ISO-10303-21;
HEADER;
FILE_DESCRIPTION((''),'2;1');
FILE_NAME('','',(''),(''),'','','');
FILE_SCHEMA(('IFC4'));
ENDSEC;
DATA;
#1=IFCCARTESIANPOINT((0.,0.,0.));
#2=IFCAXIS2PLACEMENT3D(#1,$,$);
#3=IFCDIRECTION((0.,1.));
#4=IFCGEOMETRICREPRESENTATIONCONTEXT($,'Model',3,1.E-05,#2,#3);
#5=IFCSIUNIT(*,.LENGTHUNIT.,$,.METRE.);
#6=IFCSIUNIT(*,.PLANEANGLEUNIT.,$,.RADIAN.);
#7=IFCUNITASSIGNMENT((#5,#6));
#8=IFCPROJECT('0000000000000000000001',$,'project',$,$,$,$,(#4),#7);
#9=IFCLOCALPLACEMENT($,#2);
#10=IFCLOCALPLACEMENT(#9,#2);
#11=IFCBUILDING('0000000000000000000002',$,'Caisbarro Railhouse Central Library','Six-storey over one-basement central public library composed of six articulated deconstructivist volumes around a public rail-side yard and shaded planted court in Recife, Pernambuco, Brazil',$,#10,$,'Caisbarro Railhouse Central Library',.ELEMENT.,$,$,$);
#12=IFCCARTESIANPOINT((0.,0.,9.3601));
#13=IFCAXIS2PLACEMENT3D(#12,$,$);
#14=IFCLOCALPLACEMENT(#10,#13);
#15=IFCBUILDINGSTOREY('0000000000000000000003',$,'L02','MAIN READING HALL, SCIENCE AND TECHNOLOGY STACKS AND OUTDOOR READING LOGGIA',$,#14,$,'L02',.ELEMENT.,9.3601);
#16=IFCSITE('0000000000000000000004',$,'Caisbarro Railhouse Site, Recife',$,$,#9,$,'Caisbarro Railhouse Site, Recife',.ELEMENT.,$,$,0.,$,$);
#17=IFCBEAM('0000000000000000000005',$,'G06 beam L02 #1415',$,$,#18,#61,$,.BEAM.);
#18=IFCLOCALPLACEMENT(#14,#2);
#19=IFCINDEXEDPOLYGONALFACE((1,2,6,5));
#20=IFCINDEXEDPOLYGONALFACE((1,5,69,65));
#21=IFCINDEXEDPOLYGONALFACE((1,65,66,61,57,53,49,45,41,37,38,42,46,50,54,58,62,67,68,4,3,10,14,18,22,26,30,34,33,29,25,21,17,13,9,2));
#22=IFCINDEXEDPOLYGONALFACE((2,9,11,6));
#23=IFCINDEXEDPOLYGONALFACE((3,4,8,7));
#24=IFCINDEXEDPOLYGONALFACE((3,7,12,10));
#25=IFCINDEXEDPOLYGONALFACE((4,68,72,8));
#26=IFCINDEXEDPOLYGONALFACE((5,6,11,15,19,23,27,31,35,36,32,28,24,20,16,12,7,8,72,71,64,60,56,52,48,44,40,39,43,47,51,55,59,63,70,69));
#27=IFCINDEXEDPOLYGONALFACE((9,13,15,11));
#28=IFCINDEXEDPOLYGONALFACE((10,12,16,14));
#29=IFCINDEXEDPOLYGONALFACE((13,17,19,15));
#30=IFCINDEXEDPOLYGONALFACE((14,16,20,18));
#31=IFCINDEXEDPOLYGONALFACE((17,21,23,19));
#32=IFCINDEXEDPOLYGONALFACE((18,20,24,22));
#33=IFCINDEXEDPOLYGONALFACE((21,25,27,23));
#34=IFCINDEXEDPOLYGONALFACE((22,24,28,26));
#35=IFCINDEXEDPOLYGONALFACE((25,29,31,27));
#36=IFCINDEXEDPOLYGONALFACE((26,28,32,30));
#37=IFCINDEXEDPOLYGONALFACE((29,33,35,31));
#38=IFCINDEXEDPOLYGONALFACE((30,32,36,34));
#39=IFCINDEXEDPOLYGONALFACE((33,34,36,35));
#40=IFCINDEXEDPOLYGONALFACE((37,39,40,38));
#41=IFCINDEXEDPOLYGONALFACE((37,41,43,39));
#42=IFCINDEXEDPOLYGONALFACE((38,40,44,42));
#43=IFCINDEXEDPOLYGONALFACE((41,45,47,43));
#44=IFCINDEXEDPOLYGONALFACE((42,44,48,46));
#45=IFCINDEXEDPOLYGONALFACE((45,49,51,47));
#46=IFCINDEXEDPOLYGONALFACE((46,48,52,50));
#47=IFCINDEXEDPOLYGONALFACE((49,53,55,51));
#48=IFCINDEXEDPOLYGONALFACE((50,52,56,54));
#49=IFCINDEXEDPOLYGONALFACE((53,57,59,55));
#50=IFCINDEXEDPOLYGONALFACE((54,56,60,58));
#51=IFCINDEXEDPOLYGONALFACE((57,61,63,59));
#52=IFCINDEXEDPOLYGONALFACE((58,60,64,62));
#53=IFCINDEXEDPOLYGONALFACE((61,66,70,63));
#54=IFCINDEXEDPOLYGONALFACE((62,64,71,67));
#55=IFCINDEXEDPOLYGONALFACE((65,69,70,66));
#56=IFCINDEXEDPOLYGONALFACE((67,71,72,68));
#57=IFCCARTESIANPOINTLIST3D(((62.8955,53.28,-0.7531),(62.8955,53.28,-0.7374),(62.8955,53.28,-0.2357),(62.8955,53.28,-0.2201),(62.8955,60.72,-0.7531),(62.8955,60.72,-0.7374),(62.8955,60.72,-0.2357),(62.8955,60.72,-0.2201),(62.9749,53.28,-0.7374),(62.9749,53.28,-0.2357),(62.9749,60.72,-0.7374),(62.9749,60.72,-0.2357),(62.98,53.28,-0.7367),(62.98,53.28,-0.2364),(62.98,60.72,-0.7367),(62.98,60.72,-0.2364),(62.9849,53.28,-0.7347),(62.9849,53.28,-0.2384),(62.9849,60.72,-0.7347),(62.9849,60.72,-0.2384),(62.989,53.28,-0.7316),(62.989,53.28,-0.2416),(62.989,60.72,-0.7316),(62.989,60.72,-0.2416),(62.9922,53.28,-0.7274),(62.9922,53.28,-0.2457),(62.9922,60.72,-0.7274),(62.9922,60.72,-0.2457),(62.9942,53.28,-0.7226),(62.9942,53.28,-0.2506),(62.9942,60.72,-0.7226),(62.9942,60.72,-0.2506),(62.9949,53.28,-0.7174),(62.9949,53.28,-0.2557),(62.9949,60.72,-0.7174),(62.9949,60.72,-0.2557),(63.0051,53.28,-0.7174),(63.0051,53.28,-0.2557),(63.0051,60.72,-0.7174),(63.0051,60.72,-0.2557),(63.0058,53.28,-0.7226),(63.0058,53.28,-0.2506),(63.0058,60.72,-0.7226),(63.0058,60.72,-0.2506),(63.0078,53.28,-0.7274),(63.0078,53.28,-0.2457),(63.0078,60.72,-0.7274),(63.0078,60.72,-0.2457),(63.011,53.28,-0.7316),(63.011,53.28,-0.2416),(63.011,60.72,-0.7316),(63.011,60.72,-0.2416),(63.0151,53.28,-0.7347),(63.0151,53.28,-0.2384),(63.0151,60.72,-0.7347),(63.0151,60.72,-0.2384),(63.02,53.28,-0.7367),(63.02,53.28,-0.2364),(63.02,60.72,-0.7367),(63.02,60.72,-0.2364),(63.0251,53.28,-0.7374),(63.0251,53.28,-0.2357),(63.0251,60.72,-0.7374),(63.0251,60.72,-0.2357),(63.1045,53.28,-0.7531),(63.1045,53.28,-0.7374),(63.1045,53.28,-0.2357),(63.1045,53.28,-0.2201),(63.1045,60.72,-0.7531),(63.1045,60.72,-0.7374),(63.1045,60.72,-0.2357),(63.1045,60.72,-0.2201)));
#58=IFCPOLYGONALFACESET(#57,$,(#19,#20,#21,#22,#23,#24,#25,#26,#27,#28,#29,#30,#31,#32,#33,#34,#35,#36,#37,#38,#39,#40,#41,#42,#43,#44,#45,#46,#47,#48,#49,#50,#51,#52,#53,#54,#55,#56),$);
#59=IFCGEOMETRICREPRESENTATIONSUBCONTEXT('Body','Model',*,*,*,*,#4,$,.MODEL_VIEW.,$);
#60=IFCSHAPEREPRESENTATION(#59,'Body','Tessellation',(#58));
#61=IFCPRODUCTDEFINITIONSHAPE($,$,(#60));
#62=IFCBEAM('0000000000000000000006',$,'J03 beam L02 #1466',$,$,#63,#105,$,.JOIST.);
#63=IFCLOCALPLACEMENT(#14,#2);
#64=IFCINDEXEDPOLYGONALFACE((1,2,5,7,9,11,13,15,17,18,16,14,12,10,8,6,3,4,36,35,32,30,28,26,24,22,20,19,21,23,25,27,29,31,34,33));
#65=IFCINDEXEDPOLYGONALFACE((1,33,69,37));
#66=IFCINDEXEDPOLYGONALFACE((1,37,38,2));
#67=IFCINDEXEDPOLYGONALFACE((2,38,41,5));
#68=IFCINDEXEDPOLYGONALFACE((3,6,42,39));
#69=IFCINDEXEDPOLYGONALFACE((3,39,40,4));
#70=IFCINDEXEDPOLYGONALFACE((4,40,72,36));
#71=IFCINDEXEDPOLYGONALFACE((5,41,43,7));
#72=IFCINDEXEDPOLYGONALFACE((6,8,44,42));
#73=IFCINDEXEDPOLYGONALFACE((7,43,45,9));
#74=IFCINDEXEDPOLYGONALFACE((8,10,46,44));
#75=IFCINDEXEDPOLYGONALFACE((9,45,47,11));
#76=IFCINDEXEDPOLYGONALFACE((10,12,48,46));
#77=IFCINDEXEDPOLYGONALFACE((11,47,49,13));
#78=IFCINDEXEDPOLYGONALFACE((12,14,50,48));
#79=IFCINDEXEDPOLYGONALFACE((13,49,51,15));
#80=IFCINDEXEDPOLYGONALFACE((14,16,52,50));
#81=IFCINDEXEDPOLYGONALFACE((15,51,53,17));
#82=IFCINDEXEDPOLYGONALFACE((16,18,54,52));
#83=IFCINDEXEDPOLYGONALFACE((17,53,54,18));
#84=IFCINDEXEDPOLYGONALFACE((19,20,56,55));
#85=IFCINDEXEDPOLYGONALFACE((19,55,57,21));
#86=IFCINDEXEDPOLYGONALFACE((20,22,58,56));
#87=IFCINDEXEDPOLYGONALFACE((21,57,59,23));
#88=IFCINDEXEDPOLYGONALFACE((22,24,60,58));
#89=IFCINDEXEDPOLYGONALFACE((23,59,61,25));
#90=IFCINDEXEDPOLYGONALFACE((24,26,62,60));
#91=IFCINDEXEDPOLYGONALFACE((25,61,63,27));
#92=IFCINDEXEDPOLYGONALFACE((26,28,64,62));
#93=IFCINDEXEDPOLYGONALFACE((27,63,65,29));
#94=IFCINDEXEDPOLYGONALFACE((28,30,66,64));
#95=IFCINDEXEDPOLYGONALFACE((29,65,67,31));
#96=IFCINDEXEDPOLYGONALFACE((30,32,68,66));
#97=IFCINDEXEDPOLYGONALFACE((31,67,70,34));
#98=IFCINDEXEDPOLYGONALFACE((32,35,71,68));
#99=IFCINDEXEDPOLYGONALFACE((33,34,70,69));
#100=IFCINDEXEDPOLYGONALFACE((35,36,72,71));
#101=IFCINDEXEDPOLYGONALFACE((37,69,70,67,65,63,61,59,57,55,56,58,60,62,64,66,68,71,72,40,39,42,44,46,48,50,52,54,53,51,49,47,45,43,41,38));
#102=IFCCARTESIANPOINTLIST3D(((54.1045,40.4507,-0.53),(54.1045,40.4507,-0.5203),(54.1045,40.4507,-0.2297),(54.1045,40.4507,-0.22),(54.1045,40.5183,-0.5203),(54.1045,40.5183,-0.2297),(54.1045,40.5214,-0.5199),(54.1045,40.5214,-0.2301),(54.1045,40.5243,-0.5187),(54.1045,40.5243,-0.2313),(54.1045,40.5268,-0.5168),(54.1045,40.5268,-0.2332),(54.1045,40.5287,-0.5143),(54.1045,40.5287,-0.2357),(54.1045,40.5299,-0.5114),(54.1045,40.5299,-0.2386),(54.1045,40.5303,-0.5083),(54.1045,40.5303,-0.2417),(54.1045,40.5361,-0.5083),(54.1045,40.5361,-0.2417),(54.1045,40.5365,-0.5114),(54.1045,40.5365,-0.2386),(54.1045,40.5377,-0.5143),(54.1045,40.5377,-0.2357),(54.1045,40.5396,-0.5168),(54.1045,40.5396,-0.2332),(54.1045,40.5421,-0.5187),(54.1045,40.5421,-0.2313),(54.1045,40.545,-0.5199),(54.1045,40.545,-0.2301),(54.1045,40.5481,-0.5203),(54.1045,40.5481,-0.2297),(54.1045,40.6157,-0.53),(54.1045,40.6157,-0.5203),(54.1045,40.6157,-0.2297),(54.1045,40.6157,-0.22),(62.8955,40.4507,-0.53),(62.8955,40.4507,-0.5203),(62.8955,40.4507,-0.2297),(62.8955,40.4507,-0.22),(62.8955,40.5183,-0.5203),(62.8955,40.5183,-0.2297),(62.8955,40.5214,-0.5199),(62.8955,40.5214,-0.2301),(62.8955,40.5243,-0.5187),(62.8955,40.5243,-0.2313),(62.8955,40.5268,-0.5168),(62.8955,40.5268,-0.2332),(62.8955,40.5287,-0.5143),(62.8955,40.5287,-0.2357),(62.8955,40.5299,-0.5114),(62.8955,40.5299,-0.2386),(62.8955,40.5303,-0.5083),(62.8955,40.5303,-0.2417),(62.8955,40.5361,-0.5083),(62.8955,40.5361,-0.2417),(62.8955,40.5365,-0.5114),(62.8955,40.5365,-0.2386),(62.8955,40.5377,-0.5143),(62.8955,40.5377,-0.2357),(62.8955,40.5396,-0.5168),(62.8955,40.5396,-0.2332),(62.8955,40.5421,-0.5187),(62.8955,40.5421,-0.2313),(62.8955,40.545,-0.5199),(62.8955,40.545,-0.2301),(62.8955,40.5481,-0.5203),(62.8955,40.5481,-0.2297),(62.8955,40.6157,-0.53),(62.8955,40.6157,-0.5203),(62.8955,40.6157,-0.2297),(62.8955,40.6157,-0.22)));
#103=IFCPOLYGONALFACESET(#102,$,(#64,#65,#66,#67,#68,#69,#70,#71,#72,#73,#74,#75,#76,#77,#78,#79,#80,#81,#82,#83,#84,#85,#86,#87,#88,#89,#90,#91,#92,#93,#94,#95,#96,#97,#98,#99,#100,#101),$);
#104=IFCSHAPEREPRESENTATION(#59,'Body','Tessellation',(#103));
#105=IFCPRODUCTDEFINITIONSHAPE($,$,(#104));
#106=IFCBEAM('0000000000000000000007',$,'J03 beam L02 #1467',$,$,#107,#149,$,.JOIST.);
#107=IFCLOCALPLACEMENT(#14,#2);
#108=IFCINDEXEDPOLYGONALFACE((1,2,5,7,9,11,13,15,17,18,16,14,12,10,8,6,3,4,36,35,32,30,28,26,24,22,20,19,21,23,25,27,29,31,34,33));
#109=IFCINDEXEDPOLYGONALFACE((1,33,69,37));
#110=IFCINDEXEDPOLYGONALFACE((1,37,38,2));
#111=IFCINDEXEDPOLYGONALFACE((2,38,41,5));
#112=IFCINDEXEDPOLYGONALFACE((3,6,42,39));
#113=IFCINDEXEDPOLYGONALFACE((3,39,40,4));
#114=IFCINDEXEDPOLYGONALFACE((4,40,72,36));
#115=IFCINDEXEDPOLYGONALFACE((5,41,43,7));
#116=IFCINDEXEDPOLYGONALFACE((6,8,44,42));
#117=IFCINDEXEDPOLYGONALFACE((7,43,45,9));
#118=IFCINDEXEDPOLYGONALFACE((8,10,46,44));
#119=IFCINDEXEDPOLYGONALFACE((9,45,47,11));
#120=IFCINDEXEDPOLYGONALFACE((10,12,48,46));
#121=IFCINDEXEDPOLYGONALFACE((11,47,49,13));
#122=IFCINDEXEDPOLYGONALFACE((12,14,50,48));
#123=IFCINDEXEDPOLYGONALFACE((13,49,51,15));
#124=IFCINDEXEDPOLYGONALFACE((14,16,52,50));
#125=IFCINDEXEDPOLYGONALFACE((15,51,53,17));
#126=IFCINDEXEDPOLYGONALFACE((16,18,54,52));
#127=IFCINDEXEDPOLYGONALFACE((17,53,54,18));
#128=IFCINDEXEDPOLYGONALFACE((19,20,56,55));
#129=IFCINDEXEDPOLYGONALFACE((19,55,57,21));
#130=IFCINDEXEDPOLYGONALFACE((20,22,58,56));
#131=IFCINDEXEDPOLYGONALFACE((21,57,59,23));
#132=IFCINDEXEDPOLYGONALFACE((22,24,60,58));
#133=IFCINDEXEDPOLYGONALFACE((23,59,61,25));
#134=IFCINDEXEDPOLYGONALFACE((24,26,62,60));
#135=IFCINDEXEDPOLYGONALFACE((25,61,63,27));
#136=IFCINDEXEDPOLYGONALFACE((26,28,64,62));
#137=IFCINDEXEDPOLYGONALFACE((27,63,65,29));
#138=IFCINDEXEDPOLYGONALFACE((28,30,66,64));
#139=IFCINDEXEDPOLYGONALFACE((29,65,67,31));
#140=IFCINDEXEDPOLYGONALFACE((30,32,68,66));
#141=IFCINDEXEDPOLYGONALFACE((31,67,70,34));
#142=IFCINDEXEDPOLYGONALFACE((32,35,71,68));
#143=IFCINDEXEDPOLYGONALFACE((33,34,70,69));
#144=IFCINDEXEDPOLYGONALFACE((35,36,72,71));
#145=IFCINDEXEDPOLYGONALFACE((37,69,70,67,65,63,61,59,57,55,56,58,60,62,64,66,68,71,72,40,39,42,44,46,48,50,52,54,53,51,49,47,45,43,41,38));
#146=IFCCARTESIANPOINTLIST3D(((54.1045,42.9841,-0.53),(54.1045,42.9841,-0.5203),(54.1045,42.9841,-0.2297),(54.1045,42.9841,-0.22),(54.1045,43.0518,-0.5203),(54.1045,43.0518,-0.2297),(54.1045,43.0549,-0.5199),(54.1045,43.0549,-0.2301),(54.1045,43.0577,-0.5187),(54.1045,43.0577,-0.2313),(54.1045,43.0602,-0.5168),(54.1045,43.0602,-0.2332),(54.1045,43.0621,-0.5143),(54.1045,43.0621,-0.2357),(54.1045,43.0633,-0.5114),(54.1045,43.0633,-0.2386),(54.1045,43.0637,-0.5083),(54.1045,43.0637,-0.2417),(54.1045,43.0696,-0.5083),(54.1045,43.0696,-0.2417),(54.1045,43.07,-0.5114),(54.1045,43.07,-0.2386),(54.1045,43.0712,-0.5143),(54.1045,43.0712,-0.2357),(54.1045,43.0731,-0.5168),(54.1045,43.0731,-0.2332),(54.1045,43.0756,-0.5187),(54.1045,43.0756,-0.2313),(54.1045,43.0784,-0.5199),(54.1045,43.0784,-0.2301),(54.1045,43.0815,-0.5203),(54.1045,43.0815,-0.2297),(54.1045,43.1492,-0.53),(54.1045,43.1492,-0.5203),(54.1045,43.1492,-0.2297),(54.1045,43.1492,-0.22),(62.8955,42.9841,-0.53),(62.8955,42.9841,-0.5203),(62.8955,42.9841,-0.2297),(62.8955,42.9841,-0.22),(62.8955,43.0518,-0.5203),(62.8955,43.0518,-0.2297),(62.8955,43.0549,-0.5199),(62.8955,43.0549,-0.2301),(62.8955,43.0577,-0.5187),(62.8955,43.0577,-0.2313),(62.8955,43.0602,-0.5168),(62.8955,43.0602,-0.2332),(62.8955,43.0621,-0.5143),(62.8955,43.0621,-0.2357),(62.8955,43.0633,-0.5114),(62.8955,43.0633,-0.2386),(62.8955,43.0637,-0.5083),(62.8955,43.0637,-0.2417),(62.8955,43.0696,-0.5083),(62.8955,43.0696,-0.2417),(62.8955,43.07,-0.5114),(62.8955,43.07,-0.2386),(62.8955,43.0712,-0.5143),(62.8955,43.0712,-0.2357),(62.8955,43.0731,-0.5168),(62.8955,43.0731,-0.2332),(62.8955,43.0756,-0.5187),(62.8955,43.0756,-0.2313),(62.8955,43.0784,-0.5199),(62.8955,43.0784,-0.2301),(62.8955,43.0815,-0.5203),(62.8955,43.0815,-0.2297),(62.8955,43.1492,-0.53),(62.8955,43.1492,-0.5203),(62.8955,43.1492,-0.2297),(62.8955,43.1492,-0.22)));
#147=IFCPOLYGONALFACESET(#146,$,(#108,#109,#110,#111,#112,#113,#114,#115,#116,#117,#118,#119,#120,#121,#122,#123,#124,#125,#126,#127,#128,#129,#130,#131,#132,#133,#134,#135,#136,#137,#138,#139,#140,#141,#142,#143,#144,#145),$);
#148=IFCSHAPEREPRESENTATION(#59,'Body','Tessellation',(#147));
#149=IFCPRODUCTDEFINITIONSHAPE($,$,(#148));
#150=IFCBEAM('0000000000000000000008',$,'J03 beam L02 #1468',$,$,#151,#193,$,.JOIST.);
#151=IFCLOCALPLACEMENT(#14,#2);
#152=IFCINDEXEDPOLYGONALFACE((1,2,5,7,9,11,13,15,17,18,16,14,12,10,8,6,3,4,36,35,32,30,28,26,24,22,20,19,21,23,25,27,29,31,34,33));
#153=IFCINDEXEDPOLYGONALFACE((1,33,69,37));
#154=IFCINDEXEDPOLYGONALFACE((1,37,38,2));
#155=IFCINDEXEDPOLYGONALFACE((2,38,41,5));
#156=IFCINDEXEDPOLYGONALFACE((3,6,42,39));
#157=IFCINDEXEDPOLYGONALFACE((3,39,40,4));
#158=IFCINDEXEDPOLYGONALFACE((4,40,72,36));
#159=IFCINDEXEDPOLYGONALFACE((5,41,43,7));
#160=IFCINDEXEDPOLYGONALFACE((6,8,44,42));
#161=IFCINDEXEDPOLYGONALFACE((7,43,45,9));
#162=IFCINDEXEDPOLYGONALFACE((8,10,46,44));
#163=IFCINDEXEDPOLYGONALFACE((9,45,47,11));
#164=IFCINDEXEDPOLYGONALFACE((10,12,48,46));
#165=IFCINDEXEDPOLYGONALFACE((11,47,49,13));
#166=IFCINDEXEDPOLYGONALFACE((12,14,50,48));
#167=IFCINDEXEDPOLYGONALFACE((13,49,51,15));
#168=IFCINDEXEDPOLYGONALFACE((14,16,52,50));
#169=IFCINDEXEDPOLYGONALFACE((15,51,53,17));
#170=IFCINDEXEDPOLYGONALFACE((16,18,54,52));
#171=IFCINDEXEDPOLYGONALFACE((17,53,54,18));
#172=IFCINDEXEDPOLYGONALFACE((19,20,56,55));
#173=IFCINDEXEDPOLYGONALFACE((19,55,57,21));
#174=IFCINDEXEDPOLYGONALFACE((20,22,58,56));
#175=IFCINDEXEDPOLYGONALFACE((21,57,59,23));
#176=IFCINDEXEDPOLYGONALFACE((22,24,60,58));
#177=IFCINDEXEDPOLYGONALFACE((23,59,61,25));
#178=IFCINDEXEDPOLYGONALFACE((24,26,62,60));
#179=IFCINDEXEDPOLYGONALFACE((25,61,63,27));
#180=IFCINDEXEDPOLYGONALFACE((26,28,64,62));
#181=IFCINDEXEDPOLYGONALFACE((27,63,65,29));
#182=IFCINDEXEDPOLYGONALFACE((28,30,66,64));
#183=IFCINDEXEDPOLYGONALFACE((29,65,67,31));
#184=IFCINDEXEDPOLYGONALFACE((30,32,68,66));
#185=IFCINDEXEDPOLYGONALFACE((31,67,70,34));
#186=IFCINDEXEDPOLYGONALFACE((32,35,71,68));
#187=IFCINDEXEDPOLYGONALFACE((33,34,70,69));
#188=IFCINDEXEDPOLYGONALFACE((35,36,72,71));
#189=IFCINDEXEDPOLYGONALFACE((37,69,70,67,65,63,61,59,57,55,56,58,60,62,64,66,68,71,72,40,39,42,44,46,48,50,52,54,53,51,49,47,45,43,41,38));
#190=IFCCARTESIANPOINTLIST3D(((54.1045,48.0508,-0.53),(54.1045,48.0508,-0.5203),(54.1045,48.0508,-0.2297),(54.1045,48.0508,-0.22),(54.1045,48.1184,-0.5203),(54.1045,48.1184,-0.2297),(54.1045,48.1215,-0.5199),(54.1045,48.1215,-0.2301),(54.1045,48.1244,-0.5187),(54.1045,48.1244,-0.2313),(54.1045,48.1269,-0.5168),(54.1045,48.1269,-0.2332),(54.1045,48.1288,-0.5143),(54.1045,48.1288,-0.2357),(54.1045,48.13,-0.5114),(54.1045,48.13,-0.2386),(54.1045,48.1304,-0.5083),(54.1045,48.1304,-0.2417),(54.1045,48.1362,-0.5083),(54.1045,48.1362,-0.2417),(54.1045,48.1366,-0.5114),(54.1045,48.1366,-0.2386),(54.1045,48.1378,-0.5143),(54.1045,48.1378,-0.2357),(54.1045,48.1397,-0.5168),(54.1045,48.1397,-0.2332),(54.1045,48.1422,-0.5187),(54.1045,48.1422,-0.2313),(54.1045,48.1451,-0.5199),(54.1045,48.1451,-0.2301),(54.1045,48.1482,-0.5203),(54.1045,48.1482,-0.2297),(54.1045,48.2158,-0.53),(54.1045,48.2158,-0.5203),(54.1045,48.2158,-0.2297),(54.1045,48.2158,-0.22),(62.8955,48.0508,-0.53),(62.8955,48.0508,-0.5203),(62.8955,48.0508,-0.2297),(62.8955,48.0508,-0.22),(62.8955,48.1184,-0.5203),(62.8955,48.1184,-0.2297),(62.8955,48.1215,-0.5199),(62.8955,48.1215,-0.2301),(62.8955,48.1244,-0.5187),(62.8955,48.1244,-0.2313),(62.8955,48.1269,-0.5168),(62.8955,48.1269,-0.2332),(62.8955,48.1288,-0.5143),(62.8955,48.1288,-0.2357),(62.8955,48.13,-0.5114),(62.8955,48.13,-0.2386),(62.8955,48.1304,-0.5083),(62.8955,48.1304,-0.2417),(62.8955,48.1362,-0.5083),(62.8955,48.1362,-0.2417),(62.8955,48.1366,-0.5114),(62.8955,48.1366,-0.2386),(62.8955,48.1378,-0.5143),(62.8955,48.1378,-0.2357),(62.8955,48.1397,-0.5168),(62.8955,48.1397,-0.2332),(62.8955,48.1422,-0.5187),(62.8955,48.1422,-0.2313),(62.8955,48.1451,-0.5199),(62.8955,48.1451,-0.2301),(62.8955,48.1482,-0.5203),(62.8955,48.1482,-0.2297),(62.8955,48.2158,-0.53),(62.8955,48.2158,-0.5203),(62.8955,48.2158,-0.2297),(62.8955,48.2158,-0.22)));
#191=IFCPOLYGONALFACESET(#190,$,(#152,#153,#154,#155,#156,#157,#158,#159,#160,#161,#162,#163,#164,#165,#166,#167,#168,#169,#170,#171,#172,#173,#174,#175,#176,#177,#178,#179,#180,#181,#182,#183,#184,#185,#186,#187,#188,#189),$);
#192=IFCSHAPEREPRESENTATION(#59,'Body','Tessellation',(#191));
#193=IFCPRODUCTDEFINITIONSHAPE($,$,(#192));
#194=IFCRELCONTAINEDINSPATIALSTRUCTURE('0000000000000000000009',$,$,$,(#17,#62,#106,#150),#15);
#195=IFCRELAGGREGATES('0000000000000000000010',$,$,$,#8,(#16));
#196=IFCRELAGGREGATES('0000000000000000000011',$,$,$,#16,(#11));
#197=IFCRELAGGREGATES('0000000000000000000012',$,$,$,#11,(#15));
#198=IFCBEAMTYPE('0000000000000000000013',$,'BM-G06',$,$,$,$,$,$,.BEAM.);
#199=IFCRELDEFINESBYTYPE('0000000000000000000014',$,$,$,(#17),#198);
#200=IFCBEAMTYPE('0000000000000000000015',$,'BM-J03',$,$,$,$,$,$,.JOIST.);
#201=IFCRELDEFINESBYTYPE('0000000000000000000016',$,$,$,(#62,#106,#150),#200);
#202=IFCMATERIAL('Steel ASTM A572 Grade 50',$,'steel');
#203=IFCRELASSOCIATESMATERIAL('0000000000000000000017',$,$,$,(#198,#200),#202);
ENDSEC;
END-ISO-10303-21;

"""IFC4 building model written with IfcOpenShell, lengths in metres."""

from ifc_helpers import new_model, si_unit, direction, frame, origin, origin_2d, place, context, subcontext, project, spatial, i_section, extrude, material, material_profile, profile_set, type_object, element, save


model = new_model("IFC4")

# Units and contexts
model_context = context("Model", 3, precision=1e-05, world=origin(), true_north=direction((0.0, 1.0)))
body_context = subcontext(model_context, "Body", "Model", "MODEL_VIEW")
ifc_project = project(units=[si_unit("LENGTHUNIT", "METRE"), si_unit("PLANEANGLEUNIT", "RADIAN")], contexts=[model_context])

# Site, building, storey
site_placement = place(None, origin())
site = spatial("IfcSite", under=ifc_project, at=site_placement, Name="Caisbarro Railhouse Site, Recife", LongName="Caisbarro Railhouse Site, Recife", CompositionType="ELEMENT", RefElevation=0.0)
building_placement = place(site_placement, origin())
building = spatial("IfcBuilding", under=site, at=building_placement, Name="Caisbarro Railhouse Central Library", Description="Six-storey over one-basement central public library composed of six articulated deconstructivist volumes around a public rail-side yard and shaded planted court in Recife, Pernambuco, Brazil", LongName="Caisbarro Railhouse Central Library", CompositionType="ELEMENT")
storey_placement = place(building_placement, frame((0.0, 0.0, 9.3601)))
storey = spatial("IfcBuildingStorey", under=building, at=storey_placement, Name="L02", Description="MAIN READING HALL, SCIENCE AND TECHNOLOGY STACKS AND OUTDOOR READING LOGGIA", LongName="L02", CompositionType="ELEMENT", Elevation=9.3601)

# Beams
ifc_material_1 = material(Name="Steel ASTM A572 Grade 50", Category="steel")
ifc_material_profile_1 = material_profile(ifc_material_1, i_section(OverallWidth=0.209, OverallDepth=0.533, WebThickness=0.0103, FlangeThickness=0.0156, FilletRadius=0.02, at=origin_2d()), Name="W530X92.0")
ifc_profile_set_1 = profile_set([ifc_material_profile_1], Name="Steel ASTM A572 Grade 50")
beam_type_1 = type_object("IfcBeamType", Name="BM-G06", PredefinedType="BEAM", material=ifc_profile_set_1)
beam_1_placement = place(storey_placement, frame((63.0, 53.28, -0.4866), z_axis=(0.0, 1.0, 0.0), x_axis=(-1.0, 0.0, 0.0)))
element("IfcBeam", 1, at=beam_1_placement, inside=storey, type_object=beam_type_1, Name="G06 beam L02 #1415", PredefinedType="BEAM", context=body_context, shape_type="SweptSolid", body=[
    extrude(i_section(OverallWidth=0.209, OverallDepth=0.533, WebThickness=0.0103, FlangeThickness=0.0156, FilletRadius=0.02, at=origin_2d()), origin(), (0.0, 0.0, 1.0), 7.4399),
])
ifc_material_profile_2 = material_profile(ifc_material_1, i_section(OverallWidth=0.165, OverallDepth=0.3101, WebThickness=0.0059, FlangeThickness=0.0098, FilletRadius=0.012, at=origin_2d()), Name="W310X38.7")
ifc_profile_set_2 = profile_set([ifc_material_profile_2], Name="Steel ASTM A572 Grade 50")
beam_type_2 = type_object("IfcBeamType", Name="BM-J03", PredefinedType="JOIST", material=ifc_profile_set_2)
for number, where, z_axis, x_axis, name in (
    (2, (54.1045, 40.5332, -0.375), (1.0, 0.0, 0.0), (0.0, 1.0, 0.0), "J03 beam L02 #1466"),
    (3, (54.1045, 43.0667, -0.375), (1.0, 0.0, 0.0), (0.0, 1.0, 0.0), "J03 beam L02 #1467"),
    (4, (54.1045, 48.1333, -0.375), (1.0, 0.0, 0.0), (0.0, 1.0, 0.0), "J03 beam L02 #1468"),
):
    element("IfcBeam", number, at=place(storey_placement, frame(where, z_axis=z_axis, x_axis=x_axis)), inside=storey, type_object=beam_type_2, Name=name, PredefinedType="JOIST", context=body_context, shape_type="SweptSolid", body=[
        extrude(i_section(OverallWidth=0.165, OverallDepth=0.3101, WebThickness=0.0059, FlangeThickness=0.0098, FilletRadius=0.012, at=origin_2d()), origin(), (0.0, 0.0, 1.0), 8.791),
    ])

save(model, "model.ifc")
